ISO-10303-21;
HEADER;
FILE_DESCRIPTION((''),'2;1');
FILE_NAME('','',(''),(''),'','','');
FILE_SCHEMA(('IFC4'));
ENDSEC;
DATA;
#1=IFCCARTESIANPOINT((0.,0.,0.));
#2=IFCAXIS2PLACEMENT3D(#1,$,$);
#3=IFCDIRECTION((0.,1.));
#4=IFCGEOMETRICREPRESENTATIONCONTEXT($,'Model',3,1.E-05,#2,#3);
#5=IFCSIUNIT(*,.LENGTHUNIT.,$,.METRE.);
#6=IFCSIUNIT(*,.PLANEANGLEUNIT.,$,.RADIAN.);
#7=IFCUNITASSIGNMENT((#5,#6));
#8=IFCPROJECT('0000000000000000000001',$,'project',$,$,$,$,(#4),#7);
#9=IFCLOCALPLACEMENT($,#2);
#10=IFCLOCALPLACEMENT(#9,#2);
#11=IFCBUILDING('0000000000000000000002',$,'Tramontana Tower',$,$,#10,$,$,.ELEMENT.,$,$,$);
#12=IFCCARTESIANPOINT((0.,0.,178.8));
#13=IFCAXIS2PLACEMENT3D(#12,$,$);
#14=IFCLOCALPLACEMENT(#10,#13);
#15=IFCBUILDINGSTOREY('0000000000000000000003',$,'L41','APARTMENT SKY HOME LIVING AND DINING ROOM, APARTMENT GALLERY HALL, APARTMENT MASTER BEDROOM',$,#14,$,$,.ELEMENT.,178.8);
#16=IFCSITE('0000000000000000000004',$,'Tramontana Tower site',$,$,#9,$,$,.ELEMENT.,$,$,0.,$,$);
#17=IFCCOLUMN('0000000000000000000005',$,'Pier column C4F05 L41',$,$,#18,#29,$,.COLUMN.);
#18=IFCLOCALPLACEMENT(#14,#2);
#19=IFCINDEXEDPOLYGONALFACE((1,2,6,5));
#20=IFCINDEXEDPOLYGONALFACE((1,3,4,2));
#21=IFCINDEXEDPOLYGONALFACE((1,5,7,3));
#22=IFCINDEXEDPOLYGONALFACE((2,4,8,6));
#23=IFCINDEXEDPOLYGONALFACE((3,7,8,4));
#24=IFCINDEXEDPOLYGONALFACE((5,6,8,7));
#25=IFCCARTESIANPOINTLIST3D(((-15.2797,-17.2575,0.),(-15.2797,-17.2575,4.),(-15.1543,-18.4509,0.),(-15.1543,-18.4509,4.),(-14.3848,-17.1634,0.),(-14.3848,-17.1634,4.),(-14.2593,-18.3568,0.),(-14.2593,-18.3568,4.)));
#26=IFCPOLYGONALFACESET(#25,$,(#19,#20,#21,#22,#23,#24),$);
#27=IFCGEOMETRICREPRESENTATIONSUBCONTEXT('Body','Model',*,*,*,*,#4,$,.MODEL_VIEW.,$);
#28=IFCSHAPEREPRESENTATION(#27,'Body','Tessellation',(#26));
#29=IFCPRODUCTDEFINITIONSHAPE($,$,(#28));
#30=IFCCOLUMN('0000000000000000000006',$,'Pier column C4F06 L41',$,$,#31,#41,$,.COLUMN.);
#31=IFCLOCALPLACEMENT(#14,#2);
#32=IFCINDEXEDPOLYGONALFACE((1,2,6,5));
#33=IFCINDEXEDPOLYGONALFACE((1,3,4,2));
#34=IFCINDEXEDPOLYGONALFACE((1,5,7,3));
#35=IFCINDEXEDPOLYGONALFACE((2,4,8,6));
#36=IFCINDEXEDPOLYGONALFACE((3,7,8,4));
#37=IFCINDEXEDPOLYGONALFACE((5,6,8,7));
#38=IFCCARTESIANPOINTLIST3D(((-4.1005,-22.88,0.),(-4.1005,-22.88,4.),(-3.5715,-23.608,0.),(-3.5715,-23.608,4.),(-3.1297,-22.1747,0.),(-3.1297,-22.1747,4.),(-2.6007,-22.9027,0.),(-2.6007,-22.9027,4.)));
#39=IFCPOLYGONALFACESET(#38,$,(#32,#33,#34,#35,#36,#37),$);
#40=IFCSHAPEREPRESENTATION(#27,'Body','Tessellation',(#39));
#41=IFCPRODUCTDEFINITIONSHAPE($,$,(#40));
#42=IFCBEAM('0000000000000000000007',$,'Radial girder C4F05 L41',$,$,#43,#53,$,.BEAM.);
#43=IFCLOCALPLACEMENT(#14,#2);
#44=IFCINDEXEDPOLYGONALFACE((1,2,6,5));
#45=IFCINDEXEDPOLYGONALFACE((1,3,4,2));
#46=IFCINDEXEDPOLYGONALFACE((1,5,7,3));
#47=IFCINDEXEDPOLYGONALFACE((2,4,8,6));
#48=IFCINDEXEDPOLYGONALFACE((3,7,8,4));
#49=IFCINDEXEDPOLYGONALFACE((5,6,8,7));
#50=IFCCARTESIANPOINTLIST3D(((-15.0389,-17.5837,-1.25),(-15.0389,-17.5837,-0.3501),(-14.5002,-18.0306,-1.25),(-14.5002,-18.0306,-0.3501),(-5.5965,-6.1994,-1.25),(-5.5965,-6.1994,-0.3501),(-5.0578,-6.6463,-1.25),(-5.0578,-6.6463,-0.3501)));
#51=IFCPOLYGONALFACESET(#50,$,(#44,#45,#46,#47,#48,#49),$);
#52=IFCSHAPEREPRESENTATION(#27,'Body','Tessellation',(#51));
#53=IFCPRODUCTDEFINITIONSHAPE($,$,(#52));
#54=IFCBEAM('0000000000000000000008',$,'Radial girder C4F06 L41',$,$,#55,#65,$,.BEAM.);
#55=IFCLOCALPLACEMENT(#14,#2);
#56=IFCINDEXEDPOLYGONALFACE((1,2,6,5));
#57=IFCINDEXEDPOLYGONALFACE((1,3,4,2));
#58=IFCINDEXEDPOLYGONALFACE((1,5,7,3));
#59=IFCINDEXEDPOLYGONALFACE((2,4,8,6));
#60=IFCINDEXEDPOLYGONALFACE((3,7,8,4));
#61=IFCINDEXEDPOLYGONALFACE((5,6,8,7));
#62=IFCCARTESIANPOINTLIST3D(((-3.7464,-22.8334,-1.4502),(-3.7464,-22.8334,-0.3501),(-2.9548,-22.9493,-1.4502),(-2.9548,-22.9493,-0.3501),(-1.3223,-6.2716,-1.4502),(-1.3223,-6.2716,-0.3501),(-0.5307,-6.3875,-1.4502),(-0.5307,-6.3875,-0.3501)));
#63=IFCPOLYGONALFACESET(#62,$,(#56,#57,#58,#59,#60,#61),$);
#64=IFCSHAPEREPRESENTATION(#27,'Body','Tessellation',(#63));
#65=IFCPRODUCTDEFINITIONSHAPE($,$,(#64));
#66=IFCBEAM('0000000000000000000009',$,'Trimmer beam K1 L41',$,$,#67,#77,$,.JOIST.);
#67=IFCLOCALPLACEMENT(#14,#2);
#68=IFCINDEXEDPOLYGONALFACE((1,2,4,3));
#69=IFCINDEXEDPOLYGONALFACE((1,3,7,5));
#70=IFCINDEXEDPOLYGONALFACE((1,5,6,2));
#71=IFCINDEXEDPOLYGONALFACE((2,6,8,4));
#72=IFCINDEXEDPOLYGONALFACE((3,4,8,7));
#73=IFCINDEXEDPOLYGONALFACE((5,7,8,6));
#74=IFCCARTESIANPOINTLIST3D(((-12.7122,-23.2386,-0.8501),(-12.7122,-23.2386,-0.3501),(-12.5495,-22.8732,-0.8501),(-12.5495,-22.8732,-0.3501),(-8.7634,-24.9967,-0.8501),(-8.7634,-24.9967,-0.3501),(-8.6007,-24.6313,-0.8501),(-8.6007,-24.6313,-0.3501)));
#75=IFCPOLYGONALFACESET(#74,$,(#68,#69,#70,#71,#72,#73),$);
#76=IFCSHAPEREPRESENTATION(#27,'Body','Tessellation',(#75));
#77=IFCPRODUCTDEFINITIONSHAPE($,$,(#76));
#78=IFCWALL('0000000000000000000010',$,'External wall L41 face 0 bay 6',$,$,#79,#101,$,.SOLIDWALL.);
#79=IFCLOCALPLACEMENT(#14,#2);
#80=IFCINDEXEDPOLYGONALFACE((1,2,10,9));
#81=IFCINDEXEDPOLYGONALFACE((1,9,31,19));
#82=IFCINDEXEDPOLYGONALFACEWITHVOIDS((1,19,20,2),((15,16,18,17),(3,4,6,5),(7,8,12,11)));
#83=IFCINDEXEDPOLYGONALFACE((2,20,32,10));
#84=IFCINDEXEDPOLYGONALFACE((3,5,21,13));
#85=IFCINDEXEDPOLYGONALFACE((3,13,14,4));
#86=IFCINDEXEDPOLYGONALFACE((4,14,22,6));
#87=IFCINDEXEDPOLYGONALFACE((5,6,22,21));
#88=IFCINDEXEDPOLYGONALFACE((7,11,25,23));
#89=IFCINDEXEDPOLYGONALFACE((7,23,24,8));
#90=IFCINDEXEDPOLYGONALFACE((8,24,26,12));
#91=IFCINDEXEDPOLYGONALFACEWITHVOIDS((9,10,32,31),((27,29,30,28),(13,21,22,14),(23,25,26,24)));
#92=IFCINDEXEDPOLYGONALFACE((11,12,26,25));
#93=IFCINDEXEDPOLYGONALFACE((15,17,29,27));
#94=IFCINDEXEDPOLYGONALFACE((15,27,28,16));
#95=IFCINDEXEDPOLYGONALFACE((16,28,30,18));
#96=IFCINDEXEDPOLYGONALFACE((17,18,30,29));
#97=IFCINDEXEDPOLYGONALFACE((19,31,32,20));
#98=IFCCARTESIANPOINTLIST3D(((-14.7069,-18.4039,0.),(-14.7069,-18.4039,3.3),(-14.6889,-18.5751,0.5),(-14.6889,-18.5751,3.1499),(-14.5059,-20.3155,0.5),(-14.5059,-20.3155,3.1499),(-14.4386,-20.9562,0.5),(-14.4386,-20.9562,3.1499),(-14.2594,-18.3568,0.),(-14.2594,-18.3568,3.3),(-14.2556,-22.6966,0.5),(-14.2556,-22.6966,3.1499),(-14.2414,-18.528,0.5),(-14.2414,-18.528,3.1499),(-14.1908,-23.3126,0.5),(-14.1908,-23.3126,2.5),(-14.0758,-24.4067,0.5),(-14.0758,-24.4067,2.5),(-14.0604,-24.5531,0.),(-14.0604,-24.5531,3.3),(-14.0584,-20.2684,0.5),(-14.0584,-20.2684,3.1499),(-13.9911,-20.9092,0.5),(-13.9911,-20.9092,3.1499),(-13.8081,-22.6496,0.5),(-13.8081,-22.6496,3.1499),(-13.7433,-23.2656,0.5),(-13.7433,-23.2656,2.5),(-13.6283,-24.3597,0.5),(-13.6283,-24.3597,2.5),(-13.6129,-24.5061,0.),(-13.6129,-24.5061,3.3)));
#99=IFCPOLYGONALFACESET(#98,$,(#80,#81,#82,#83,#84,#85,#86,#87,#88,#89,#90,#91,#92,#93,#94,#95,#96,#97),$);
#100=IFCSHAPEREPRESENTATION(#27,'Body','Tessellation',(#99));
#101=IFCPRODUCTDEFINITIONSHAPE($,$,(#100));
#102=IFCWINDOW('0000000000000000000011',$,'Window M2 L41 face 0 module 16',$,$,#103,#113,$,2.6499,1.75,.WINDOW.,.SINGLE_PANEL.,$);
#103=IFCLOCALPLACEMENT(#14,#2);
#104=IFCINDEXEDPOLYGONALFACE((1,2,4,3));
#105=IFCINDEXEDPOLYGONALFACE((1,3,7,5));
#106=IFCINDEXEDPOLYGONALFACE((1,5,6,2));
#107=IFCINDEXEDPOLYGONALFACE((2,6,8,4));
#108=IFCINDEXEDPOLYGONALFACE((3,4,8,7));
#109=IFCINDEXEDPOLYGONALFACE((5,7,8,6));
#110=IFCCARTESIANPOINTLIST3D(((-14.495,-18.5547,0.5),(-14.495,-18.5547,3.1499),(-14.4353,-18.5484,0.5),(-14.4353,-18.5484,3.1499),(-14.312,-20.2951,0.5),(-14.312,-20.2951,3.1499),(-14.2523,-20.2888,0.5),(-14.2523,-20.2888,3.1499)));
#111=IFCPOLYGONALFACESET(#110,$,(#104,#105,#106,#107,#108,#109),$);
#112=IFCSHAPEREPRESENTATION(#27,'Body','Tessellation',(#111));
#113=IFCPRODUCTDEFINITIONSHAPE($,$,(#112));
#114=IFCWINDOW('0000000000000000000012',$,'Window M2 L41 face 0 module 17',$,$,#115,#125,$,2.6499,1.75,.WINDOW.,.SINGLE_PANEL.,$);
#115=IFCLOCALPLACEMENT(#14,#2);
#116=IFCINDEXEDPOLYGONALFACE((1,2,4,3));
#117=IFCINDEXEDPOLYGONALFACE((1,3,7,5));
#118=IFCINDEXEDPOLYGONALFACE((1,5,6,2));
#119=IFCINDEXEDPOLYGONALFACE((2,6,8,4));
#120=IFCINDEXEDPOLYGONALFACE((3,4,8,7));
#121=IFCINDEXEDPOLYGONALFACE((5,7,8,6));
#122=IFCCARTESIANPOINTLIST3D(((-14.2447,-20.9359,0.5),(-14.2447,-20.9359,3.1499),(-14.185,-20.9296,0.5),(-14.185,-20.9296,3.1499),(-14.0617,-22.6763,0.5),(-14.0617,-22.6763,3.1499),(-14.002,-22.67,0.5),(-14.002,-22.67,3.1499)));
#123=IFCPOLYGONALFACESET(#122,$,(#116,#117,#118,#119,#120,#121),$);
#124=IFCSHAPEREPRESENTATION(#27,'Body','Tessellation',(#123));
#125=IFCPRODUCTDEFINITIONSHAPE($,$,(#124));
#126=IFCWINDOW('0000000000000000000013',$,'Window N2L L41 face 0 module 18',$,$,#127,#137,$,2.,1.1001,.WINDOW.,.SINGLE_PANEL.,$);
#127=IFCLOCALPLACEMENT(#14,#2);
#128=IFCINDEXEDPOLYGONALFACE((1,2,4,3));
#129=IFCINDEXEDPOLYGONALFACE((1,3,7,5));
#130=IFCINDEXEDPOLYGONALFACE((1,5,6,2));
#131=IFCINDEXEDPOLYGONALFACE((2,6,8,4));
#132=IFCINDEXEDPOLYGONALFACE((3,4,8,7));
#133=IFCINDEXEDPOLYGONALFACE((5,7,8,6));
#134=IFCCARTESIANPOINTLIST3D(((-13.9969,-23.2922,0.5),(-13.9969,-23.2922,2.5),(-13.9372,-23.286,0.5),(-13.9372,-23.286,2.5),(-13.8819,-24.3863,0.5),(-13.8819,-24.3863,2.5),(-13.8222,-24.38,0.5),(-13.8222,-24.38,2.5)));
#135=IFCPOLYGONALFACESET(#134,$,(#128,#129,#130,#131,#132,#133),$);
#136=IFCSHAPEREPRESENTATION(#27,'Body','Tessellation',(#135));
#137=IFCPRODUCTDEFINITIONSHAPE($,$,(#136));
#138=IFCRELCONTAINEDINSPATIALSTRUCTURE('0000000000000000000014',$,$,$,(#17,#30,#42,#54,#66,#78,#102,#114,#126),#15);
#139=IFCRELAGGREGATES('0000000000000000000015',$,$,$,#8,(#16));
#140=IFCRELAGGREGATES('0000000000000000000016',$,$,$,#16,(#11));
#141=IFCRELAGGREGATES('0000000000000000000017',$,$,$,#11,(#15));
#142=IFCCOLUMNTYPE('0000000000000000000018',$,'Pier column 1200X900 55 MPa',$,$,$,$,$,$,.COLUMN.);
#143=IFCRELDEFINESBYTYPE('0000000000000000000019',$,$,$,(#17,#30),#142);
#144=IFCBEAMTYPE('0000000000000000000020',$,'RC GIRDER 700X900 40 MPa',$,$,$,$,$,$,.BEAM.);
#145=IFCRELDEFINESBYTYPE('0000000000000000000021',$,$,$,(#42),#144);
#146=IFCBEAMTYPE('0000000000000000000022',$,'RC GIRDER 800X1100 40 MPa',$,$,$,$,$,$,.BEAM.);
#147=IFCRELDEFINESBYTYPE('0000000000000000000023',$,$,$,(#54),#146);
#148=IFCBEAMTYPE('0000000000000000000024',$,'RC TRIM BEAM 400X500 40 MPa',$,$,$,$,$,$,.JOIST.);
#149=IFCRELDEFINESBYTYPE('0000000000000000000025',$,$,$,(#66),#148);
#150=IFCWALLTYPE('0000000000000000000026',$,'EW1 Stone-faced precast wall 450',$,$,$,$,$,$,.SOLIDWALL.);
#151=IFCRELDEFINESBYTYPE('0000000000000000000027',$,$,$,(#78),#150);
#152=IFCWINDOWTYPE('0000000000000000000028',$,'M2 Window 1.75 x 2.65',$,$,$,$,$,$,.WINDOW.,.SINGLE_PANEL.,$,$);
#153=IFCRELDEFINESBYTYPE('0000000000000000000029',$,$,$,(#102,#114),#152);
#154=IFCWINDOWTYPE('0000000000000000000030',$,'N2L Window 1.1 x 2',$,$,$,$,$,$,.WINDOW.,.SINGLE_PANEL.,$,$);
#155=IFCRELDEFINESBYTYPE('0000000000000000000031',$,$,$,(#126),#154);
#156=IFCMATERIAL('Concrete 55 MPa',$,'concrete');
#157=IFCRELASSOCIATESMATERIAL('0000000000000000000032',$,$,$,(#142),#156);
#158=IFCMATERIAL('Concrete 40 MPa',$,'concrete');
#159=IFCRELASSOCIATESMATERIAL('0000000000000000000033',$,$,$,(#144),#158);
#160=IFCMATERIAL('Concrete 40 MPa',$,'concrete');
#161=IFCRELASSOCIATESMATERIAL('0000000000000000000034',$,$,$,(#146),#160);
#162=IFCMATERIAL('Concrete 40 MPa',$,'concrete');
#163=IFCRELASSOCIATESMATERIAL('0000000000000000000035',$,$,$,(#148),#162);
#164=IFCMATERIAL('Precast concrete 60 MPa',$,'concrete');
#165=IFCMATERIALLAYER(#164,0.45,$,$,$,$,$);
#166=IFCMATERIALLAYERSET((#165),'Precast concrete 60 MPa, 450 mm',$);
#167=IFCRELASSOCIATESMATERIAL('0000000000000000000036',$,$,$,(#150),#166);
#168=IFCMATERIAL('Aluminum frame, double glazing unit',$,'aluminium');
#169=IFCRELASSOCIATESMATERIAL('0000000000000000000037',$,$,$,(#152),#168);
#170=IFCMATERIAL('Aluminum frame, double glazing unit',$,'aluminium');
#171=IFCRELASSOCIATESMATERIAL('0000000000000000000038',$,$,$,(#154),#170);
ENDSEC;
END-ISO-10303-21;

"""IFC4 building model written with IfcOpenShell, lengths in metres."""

from ifc_helpers import new_model, si_unit, direction, frame, frame_2d, origin, origin_2d, place, context, subcontext, project, spatial, rectangle, extrude, material, layer, layer_set, material_profile, profile_set, type_object, element, fill, save


model = new_model("IFC4")

# Units and contexts
model_context = context("Model", 3, precision=1e-05, world=origin(), true_north=direction((0.0, 1.0)))
body_context = subcontext(model_context, "Body", "Model", "MODEL_VIEW")
ifc_project = project(units=[si_unit("LENGTHUNIT", "METRE"), si_unit("PLANEANGLEUNIT", "RADIAN")], contexts=[model_context])

# Site, building, storey
site_placement = place(None, origin())
site = spatial("IfcSite", under=ifc_project, at=site_placement, Name="Tramontana Tower site", CompositionType="ELEMENT", RefElevation=0.0)
building_placement = place(site_placement, origin())
building = spatial("IfcBuilding", under=site, at=building_placement, Name="Tramontana Tower", CompositionType="ELEMENT")
storey_placement = place(building_placement, frame((0.0, 0.0, 178.8)))
storey = spatial("IfcBuildingStorey", under=building, at=storey_placement, Name="L41", Description="APARTMENT SKY HOME LIVING AND DINING ROOM, APARTMENT GALLERY HALL, APARTMENT MASTER BEDROOM", CompositionType="ELEMENT", Elevation=178.8)

# Columns
ifc_material_1 = material(Name="Concrete 55 MPa", Category="concrete")
ifc_material_profile_1 = material_profile(ifc_material_1, rectangle(XDim=1.2, YDim=0.8999, at=origin_2d()), Name="Pier column 1200X900 55 MPa")
ifc_profile_set_1 = profile_set([ifc_material_profile_1], Name="Concrete 55 MPa")
column_type = type_object("IfcColumnType", Name="Pier column 1200X900 55 MPa", PredefinedType="COLUMN", material=ifc_profile_set_1)
for number, where, z_axis, x_axis, name in (
    (1, (-14.7695, -17.8071, 0.0), (0.0, 0.0, 1.0), (0.104528, -0.994522, 0.0), "Pier column C4F05 L41"),
    (2, (-3.3506, -22.8914, 0.0), (0.0, 0.0, 1.0), (0.809017, 0.587785, 0.0), "Pier column C4F06 L41"),
):
    element("IfcColumn", number, at=place(storey_placement, frame(where, z_axis=z_axis, x_axis=x_axis)), inside=storey, type_object=column_type, Name=name, PredefinedType="COLUMN", context=body_context, shape_type="SweptSolid", body=[
        extrude(rectangle(XDim=1.2, YDim=0.8999, at=origin_2d()), origin(), (0.0, 0.0, 1.0), 4.0),
    ])

# Beams
ifc_material_2 = material(Name="Concrete 40 MPa", Category="concrete")
ifc_material_profile_2 = material_profile(ifc_material_2, rectangle(XDim=0.7, YDim=0.8999, at=origin_2d()), Name="RC GIRDER 700X900 40 MPa")
ifc_profile_set_2 = profile_set([ifc_material_profile_2], Name="Concrete 40 MPa")
beam_type_1 = type_object("IfcBeamType", Name="RC GIRDER 700X900 40 MPa", PredefinedType="BEAM", material=ifc_profile_set_2)
beam_1_placement = place(storey_placement, frame((-14.7695, -17.8071, -0.8), z_axis=(0.638406, 0.769699, 0.0), x_axis=(-0.769699, 0.638406, 0.0)))
element("IfcBeam", 3, at=beam_1_placement, inside=storey, type_object=beam_type_1, Name="Radial girder C4F05 L41", PredefinedType="BEAM", context=body_context, shape_type="SweptSolid", body=[
    extrude(rectangle(XDim=0.7, YDim=0.8999, at=origin_2d()), origin(), (0.0, 0.0, 1.0), 14.7905),
])
ifc_material_3 = material(Name="Concrete 40 MPa", Category="concrete")
ifc_material_profile_3 = material_profile(ifc_material_3, rectangle(XDim=0.8, YDim=1.1001, at=origin_2d()), Name="RC GIRDER 800X1100 40 MPa")
ifc_profile_set_3 = profile_set([ifc_material_profile_3], Name="Concrete 40 MPa")
beam_type_2 = type_object("IfcBeamType", Name="RC GIRDER 800X1100 40 MPa", PredefinedType="BEAM", material=ifc_profile_set_3)
beam_2_placement = place(storey_placement, frame((-3.3506, -22.8914, -0.9001), z_axis=(0.144823, 0.989458, 0.0), x_axis=(-0.989458, 0.144823, 0.0)))
element("IfcBeam", 4, at=beam_2_placement, inside=storey, type_object=beam_type_2, Name="Radial girder C4F06 L41", PredefinedType="BEAM", context=body_context, shape_type="SweptSolid", body=[
    extrude(rectangle(XDim=0.8, YDim=1.1001, at=origin_2d()), origin(), (0.0, 0.0, 1.0), 16.7383),
])
ifc_material_4 = material(Name="Concrete 40 MPa", Category="concrete")
ifc_material_profile_4 = material_profile(ifc_material_4, rectangle(XDim=0.3999, YDim=0.5, at=origin_2d()), Name="RC TRIM BEAM 400X500 40 MPa")
ifc_profile_set_4 = profile_set([ifc_material_profile_4], Name="Concrete 40 MPa")
beam_type_3 = type_object("IfcBeamType", Name="RC TRIM BEAM 400X500 40 MPa", PredefinedType="JOIST", material=ifc_profile_set_4)
beam_3_placement = place(storey_placement, frame((-12.6309, -23.0559, -0.6001), z_axis=(0.913548, -0.406731, 0.0), x_axis=(0.406731, 0.913548, 0.0)))
element("IfcBeam", 5, at=beam_3_placement, inside=storey, type_object=beam_type_3, Name="Trimmer beam K1 L41", PredefinedType="JOIST", context=body_context, shape_type="SweptSolid", body=[
    extrude(rectangle(XDim=0.3999, YDim=0.5, at=origin_2d()), origin(), (0.0, 0.0, 1.0), 4.3225),
])

# Wall, openings, windows
ifc_material_5 = material(Name="Precast concrete 60 MPa", Category="concrete")
ifc_layer_1 = layer(ifc_material_5, 0.45)
ifc_layer_set_1 = layer_set([ifc_layer_1], Name="Precast concrete 60 MPa, 450 mm")
wall_type_1 = type_object("IfcWallType", Name="EW1 Stone-faced precast wall 450", PredefinedType="SOLIDWALL", material=ifc_layer_set_1)
wall_1_placement = place(storey_placement, frame((-14.4832, -18.3804, 0.0), z_axis=(0.0, 0.0, 1.0), x_axis=(0.104557, -0.994519, 0.0)))
wall_1 = element("IfcWall", 6, at=wall_1_placement, inside=storey, type_object=wall_type_1, Name="External wall L41 face 0 bay 6", PredefinedType="SOLIDWALL", context=body_context, shape_type="SweptSolid", body=[
    extrude(rectangle(XDim=6.1831, YDim=0.45, at=frame_2d((3.0916, 0.0))), origin(), (0.0, 0.0, 1.0), 3.3),
])
opening_1_placement = place(wall_1_placement, frame((0.1721, 0.0, 0.5)))
opening_1 = element("IfcOpeningElement", 7, at=opening_1_placement, cuts=wall_1, PredefinedType="OPENING", context=body_context, shape_type="SweptSolid", body=[
    extrude(rectangle(XDim=1.75, YDim=2.6499, at=frame_2d((0.875, 1.325))), frame((0.0, 0.2349, 0.0), z_axis=(0.0, -1.0, 0.0), x_axis=(1.0, 0.0, 0.0)), (0.0, 0.0, 1.0), 0.47),
])
opening_2_placement = place(wall_1_placement, frame((2.5664, 0.0, 0.5)))
opening_2 = element("IfcOpeningElement", 8, at=opening_2_placement, cuts=wall_1, PredefinedType="OPENING", context=body_context, shape_type="SweptSolid", body=[
    extrude(rectangle(XDim=1.75, YDim=2.6499, at=frame_2d((0.875, 1.325))), frame((0.0, 0.2349, 0.0), z_axis=(0.0, -1.0, 0.0), x_axis=(1.0, 0.0, 0.0)), (0.0, 0.0, 1.0), 0.47),
])
opening_3_placement = place(wall_1_placement, frame((4.9358, 0.0, 0.5)))
opening_3 = element("IfcOpeningElement", 9, at=opening_3_placement, cuts=wall_1, PredefinedType="OPENING", context=body_context, shape_type="SweptSolid", body=[
    extrude(rectangle(XDim=1.1001, YDim=2.0, at=frame_2d((0.55, 1.0))), frame((0.0, 0.2349, 0.0), z_axis=(0.0, -1.0, 0.0), x_axis=(1.0, 0.0, 0.0)), (0.0, 0.0, 1.0), 0.47),
])
ifc_material_6 = material(Name="Aluminum frame, double glazing unit", Category="aluminium")
window_type_1 = type_object("IfcWindowType", Name="M2 Window 1.75 x 2.65", PartitioningType="SINGLE_PANEL", PredefinedType="WINDOW", material=ifc_material_6)
window_1_placement = place(opening_1_placement, origin())
window_1 = element("IfcWindow", 10, at=window_1_placement, inside=storey, type_object=window_type_1, Name="Window M2 L41 face 0 module 16", OverallHeight=2.6499, OverallWidth=1.75, PartitioningType="SINGLE_PANEL", PredefinedType="WINDOW", context=body_context, shape_type="SweptSolid", body=[
    extrude(rectangle(XDim=1.75, YDim=2.6499, at=frame_2d((0.875, 1.325))), frame((0.0, 0.03, 0.0), z_axis=(0.0, -1.0, 0.0), x_axis=(1.0, 0.0, 0.0)), (0.0, 0.0, 1.0), 0.0601),
])
fill(opening_1, window_1)
window_2_placement = place(opening_2_placement, origin())
window_2 = element("IfcWindow", 11, at=window_2_placement, inside=storey, type_object=window_type_1, Name="Window M2 L41 face 0 module 17", OverallHeight=2.6499, OverallWidth=1.75, PartitioningType="SINGLE_PANEL", PredefinedType="WINDOW", context=body_context, shape_type="SweptSolid", body=[
    extrude(rectangle(XDim=1.75, YDim=2.6499, at=frame_2d((0.875, 1.325))), frame((0.0, 0.03, 0.0), z_axis=(0.0, -1.0, 0.0), x_axis=(1.0, 0.0, 0.0)), (0.0, 0.0, 1.0), 0.0601),
])
fill(opening_2, window_2)
ifc_material_7 = material(Name="Aluminum frame, double glazing unit", Category="aluminium")
window_type_2 = type_object("IfcWindowType", Name="N2L Window 1.1 x 2", PartitioningType="SINGLE_PANEL", PredefinedType="WINDOW", material=ifc_material_7)
window_3_placement = place(opening_3_placement, origin())
window_3 = element("IfcWindow", 12, at=window_3_placement, inside=storey, type_object=window_type_2, Name="Window N2L L41 face 0 module 18", OverallHeight=2.0, OverallWidth=1.1001, PartitioningType="SINGLE_PANEL", PredefinedType="WINDOW", context=body_context, shape_type="SweptSolid", body=[
    extrude(rectangle(XDim=1.1001, YDim=2.0, at=frame_2d((0.55, 1.0))), frame((0.0, 0.03, 0.0), z_axis=(0.0, -1.0, 0.0), x_axis=(1.0, 0.0, 0.0)), (0.0, 0.0, 1.0), 0.0601),
])
fill(opening_3, window_3)

save(model, "model.ifc")
